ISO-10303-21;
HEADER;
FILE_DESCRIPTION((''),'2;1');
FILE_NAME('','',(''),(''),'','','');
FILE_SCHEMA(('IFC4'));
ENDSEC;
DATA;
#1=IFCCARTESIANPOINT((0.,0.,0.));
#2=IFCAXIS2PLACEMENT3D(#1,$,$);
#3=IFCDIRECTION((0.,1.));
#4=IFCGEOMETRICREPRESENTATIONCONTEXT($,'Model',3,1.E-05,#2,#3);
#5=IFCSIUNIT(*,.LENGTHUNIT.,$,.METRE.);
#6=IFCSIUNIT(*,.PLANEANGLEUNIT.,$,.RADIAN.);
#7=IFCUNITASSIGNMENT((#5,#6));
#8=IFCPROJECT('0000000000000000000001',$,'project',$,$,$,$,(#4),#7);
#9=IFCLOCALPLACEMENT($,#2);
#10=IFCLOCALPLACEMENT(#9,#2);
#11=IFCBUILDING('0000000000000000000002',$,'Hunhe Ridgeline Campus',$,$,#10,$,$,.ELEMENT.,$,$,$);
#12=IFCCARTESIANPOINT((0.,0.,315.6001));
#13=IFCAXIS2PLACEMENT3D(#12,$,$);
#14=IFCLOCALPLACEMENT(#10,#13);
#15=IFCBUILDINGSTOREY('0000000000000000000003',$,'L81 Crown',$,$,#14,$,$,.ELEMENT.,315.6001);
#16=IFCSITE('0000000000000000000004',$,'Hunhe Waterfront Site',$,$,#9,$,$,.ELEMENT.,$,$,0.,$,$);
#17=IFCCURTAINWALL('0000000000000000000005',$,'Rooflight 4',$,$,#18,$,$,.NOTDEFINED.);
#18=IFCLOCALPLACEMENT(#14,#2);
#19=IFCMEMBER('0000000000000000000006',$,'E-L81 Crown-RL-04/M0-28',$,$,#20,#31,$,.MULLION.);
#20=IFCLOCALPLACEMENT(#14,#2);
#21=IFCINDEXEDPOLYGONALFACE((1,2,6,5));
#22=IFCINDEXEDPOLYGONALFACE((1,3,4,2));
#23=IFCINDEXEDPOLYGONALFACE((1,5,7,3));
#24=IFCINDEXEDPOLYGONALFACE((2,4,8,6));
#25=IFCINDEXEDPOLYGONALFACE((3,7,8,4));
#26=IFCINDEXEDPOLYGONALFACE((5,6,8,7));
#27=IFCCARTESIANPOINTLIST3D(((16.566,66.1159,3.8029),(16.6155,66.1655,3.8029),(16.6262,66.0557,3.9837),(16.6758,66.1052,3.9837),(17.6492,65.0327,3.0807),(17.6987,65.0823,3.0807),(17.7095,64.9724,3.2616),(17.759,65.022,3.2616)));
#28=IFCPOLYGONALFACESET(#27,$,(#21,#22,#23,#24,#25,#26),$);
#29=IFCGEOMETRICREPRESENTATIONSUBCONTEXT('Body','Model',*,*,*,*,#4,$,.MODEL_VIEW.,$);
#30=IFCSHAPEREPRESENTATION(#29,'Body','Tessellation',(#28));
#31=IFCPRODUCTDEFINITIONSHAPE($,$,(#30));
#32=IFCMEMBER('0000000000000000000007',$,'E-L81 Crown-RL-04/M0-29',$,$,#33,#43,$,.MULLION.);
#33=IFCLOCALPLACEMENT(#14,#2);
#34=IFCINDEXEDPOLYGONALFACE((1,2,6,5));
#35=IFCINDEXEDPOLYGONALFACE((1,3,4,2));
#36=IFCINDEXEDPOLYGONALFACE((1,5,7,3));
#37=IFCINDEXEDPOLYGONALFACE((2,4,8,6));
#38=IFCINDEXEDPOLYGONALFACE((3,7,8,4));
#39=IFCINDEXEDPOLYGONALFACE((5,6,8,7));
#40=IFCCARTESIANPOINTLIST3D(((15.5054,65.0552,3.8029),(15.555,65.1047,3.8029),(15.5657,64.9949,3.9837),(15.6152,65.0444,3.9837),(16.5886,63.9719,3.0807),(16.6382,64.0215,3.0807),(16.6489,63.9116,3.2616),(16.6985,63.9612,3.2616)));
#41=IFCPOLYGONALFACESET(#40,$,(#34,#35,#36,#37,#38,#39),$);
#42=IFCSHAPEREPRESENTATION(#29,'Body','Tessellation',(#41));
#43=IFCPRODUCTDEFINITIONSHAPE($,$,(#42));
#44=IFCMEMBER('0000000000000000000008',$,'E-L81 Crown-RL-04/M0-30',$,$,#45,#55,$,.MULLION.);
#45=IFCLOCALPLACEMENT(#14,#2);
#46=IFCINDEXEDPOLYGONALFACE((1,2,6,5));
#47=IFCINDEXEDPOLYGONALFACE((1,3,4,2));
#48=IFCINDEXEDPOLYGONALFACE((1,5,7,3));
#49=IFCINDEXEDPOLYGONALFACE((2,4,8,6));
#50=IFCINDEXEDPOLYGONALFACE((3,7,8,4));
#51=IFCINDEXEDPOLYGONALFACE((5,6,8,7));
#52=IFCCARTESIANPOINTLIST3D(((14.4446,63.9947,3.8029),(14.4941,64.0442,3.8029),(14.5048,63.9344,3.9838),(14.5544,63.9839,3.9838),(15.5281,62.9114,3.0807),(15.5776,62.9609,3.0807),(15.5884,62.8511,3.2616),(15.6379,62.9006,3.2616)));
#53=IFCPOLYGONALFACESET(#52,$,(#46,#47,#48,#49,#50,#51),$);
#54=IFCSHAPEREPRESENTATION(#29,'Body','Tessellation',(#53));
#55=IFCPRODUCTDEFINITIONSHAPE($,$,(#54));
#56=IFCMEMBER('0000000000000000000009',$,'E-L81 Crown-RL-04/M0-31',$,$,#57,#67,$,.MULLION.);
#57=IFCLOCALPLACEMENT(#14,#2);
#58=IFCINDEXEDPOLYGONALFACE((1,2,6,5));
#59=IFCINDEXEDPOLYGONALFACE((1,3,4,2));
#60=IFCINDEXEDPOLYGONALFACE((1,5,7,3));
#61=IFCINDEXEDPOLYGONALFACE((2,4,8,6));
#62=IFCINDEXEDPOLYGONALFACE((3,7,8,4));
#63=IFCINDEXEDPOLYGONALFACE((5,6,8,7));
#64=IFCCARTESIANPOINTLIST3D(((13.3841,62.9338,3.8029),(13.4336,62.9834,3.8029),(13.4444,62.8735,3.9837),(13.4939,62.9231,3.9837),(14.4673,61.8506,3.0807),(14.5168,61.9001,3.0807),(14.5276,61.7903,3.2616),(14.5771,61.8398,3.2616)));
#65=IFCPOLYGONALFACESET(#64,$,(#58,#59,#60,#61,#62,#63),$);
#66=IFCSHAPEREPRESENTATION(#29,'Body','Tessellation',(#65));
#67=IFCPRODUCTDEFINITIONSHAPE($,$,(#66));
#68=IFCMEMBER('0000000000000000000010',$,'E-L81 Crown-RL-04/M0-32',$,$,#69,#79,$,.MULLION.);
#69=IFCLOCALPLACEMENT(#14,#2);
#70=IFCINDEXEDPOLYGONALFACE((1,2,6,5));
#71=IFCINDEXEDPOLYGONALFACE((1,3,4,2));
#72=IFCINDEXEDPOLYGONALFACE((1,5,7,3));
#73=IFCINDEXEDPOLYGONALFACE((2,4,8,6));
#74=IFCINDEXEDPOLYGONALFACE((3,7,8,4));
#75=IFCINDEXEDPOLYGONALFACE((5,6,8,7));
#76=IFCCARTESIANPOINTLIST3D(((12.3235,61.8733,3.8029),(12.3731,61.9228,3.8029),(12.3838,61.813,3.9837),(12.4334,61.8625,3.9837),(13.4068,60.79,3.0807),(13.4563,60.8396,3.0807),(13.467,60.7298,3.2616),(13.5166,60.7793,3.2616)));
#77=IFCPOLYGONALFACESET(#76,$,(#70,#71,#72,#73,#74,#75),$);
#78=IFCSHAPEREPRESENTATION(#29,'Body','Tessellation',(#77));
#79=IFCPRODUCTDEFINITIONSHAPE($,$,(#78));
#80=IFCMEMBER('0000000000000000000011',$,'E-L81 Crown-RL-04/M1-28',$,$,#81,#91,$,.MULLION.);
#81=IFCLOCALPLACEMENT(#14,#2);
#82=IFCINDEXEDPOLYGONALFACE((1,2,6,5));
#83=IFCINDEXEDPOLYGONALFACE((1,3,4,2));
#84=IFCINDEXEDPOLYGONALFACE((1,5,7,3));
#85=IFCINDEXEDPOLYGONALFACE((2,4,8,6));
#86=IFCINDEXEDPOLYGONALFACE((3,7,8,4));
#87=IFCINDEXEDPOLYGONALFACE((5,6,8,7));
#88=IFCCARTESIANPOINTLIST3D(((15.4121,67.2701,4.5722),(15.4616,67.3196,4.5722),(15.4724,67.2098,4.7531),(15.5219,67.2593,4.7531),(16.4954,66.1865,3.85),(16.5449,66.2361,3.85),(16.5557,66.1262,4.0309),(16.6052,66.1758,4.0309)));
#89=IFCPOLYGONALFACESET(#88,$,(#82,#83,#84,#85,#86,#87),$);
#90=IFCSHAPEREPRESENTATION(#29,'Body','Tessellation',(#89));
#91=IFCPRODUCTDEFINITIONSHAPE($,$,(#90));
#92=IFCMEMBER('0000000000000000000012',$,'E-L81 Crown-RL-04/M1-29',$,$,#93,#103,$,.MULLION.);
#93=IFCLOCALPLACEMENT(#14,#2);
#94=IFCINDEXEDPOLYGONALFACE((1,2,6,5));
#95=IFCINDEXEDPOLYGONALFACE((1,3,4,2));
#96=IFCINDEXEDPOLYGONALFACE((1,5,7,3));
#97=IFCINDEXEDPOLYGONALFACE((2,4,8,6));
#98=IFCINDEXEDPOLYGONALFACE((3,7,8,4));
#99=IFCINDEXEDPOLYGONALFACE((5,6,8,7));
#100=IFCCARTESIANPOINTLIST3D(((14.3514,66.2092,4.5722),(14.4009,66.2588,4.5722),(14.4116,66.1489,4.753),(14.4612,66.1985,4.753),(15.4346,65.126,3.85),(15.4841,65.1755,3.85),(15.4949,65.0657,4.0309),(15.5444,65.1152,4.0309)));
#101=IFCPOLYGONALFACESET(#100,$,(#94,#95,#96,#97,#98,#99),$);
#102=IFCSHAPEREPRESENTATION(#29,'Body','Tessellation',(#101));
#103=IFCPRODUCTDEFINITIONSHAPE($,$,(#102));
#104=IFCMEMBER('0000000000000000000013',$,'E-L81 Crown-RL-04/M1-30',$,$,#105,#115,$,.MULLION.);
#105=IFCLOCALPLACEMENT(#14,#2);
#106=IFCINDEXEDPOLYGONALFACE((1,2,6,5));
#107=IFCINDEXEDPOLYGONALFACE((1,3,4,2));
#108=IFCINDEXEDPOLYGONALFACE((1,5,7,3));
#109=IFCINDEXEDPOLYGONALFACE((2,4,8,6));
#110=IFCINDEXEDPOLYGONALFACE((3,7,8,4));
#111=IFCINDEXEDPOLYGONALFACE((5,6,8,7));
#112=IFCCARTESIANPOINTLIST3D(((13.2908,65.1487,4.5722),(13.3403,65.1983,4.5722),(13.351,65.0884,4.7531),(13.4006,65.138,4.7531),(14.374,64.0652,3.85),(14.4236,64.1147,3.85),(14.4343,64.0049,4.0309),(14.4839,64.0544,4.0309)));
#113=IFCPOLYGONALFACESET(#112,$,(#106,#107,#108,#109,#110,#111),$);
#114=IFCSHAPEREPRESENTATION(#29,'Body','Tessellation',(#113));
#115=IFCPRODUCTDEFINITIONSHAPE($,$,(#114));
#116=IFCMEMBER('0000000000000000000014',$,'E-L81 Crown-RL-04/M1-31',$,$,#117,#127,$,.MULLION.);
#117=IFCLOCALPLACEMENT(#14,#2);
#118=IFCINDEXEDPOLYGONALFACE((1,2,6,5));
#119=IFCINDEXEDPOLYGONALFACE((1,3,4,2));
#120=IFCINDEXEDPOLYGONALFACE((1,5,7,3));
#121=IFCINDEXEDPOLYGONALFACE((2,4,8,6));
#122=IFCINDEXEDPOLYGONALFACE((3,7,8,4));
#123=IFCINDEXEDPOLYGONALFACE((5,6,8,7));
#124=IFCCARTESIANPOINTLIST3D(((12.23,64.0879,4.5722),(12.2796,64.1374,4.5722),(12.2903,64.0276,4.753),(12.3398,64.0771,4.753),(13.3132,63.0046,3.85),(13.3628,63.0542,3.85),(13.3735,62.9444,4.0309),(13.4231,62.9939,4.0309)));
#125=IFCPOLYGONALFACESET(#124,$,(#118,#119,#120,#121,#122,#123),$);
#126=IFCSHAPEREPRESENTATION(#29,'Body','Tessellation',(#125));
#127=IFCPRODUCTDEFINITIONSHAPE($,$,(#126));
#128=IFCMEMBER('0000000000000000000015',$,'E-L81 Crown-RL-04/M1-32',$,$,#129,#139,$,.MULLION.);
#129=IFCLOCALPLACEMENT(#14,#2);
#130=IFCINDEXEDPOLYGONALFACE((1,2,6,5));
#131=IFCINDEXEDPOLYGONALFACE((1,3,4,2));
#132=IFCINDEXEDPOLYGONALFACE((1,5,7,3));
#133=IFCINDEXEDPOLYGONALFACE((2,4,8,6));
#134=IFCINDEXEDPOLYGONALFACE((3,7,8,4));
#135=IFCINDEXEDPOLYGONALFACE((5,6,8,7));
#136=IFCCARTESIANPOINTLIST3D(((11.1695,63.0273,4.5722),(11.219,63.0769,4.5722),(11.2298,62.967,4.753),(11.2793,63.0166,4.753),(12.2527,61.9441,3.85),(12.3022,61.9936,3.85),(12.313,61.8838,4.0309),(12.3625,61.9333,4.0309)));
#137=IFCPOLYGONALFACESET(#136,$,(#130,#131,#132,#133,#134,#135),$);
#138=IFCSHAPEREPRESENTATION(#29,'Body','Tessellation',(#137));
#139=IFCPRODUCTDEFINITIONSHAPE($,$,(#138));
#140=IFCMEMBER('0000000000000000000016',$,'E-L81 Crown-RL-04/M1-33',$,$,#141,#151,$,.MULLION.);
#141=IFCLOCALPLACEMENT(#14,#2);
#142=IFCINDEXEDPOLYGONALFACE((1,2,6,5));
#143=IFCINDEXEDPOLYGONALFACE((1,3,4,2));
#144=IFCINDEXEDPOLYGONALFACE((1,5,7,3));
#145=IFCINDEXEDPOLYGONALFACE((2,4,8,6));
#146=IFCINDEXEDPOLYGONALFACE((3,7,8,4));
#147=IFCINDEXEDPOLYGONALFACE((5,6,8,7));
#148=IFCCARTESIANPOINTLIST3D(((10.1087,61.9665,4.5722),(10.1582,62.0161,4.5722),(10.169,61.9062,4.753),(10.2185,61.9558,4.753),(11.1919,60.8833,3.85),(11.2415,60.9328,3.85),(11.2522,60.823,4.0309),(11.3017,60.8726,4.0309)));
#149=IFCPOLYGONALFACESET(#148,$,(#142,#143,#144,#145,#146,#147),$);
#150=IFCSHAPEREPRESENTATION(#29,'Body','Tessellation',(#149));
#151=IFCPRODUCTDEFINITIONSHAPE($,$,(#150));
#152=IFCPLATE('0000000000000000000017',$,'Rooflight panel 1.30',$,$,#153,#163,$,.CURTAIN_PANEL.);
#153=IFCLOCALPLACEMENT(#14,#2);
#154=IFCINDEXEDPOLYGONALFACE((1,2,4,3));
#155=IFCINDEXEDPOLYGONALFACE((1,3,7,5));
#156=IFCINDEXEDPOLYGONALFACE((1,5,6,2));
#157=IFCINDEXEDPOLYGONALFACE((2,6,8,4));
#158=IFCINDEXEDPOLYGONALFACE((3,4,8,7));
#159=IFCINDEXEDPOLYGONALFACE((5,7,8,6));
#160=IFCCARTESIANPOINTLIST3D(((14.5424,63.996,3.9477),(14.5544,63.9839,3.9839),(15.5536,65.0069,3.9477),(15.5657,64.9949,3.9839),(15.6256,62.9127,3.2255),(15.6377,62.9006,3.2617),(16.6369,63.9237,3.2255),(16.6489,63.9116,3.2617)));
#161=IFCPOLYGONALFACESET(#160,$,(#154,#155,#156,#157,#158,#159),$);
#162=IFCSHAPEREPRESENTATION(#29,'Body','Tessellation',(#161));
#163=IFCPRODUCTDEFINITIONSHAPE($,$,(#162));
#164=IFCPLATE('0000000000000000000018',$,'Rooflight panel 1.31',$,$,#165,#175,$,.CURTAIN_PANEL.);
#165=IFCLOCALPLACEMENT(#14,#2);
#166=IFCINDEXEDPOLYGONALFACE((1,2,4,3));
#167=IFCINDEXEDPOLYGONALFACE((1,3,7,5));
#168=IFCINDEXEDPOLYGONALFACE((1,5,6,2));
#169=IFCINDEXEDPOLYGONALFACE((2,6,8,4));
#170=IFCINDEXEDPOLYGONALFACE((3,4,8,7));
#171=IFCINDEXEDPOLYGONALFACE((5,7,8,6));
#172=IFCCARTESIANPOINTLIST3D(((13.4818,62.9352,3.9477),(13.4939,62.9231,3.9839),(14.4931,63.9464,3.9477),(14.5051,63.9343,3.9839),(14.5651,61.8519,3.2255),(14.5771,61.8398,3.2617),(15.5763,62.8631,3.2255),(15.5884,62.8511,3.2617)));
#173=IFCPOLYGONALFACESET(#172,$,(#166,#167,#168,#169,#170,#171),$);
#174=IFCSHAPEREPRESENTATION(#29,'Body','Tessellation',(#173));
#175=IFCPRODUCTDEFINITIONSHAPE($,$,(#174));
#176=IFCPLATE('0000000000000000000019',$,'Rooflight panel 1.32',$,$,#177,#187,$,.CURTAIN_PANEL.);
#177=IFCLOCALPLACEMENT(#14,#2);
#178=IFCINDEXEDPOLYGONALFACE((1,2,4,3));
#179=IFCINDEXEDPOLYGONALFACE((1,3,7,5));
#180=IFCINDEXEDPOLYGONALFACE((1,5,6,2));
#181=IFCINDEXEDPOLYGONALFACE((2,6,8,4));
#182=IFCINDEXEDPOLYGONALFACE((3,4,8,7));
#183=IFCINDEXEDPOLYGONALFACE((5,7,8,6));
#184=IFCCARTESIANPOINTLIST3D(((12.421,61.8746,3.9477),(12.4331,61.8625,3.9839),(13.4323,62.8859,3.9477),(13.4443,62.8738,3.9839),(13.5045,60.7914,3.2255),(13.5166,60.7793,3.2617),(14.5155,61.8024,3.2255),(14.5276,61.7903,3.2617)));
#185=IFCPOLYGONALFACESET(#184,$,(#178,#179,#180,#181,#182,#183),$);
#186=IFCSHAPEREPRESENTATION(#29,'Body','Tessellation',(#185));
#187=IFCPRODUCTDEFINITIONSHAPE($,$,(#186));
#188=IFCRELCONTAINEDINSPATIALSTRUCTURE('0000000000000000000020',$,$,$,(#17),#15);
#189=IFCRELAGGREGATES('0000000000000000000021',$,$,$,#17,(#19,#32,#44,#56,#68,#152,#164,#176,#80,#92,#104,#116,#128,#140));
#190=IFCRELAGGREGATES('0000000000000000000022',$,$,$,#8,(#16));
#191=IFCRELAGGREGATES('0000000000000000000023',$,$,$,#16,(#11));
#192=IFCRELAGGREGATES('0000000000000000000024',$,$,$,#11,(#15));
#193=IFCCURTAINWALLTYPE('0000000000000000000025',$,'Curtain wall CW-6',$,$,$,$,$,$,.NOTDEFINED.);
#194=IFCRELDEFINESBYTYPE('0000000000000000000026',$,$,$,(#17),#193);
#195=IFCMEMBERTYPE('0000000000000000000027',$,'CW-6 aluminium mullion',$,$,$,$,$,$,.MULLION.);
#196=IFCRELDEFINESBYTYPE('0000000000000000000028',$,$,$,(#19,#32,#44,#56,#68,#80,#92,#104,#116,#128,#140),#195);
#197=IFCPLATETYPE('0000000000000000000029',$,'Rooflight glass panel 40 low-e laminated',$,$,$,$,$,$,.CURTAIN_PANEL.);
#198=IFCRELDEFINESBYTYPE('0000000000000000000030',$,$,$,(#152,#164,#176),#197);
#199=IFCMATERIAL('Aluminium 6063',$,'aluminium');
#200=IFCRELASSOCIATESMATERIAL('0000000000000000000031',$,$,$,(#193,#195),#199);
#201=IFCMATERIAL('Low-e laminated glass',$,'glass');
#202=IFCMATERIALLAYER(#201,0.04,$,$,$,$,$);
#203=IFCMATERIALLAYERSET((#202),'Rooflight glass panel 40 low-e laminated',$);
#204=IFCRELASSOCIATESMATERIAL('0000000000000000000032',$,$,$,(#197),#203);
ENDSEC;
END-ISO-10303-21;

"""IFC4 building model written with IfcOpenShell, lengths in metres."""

from ifc_helpers import new_model, si_unit, direction, frame, origin, origin_2d, place, context, subcontext, project, spatial, polyline, rectangle, outline, extrude, material, layer, layer_set, material_profile, profile_set, type_object, element, aggregate, save


model = new_model("IFC4")

# Units and contexts
model_context = context("Model", 3, precision=1e-05, world=origin(), true_north=direction((0.0, 1.0)))
body_context = subcontext(model_context, "Body", "Model", "MODEL_VIEW")
ifc_project = project(units=[si_unit("LENGTHUNIT", "METRE"), si_unit("PLANEANGLEUNIT", "RADIAN")], contexts=[model_context])

# Site, building, storey
site_placement = place(None, origin())
site = spatial("IfcSite", under=ifc_project, at=site_placement, Name="Hunhe Waterfront Site", CompositionType="ELEMENT", RefElevation=0.0)
building_placement = place(site_placement, origin())
building = spatial("IfcBuilding", under=site, at=building_placement, Name="Hunhe Ridgeline Campus", CompositionType="ELEMENT")
storey_placement = place(building_placement, frame((0.0, 0.0, 315.6001)))
storey = spatial("IfcBuildingStorey", under=building, at=storey_placement, Name="L81 Crown", CompositionType="ELEMENT", Elevation=315.6001)

# Curtain wall, members, plates
ifc_material_1 = material(Name="Aluminium 6063", Category="aluminium")
curtain_wall_type = type_object("IfcCurtainWallType", Name="Curtain wall CW-6", PredefinedType="NOTDEFINED", material=ifc_material_1)
curtain_wall_placement = place(storey_placement, origin())
curtain_wall = element("IfcCurtainWall", 1, at=curtain_wall_placement, inside=storey, type_object=curtain_wall_type, Name="Rooflight 4", PredefinedType="NOTDEFINED")
ifc_material_profile = material_profile(ifc_material_1, rectangle(XDim=0.0701, YDim=0.2, at=origin_2d()))
ifc_profile_set = profile_set([ifc_material_profile], Name="Aluminium 6063")
member_type = type_object("IfcMemberType", Name="CW-6 aluminium mullion", PredefinedType="MULLION", material=ifc_profile_set)
member_1_placement = place(storey_placement, frame((17.7041, 65.0273, 3.1711), z_axis=(-0.639602, 0.639602, 0.426401), x_axis=(-0.707107, -0.707107, 0.0)))
member_1 = element("IfcMember", 2, at=member_1_placement, type_object=member_type, Name="E-L81 Crown-RL-04/M0-28", PredefinedType="MULLION", context=body_context, shape_type="SweptSolid", body=[
    extrude(rectangle(XDim=0.0701, YDim=0.2, at=origin_2d()), origin(), (0.0, 0.0, 1.0), 1.6936),
])
member_2_placement = place(storey_placement, frame((16.6436, 63.9666, 3.1711), z_axis=(-0.639602, 0.639602, 0.426401), x_axis=(-0.707107, -0.707107, 0.0)))
member_2 = element("IfcMember", 3, at=member_2_placement, type_object=member_type, Name="E-L81 Crown-RL-04/M0-29", PredefinedType="MULLION", context=body_context, shape_type="SweptSolid", body=[
    extrude(rectangle(XDim=0.0701, YDim=0.2, at=origin_2d()), origin(), (0.0, 0.0, 1.0), 1.6936),
])
member_3_placement = place(storey_placement, frame((15.583, 62.906, 3.1711), z_axis=(-0.639687, 0.639543, 0.426362), x_axis=(-0.707027, -0.707186, 0.0)))
member_3 = element("IfcMember", 4, at=member_3_placement, type_object=member_type, Name="E-L81 Crown-RL-04/M0-30", PredefinedType="MULLION", context=body_context, shape_type="SweptSolid", body=[
    extrude(rectangle(XDim=0.0701, YDim=0.2, at=origin_2d()), origin(), (0.0, 0.0, 1.0), 1.6938),
])
member_4_placement = place(storey_placement, frame((14.5222, 61.8452, 3.1711), z_axis=(-0.639602, 0.639602, 0.426401), x_axis=(-0.707107, -0.707107, 0.0)))
member_4 = element("IfcMember", 5, at=member_4_placement, type_object=member_type, Name="E-L81 Crown-RL-04/M0-31", PredefinedType="MULLION", context=body_context, shape_type="SweptSolid", body=[
    extrude(rectangle(XDim=0.0701, YDim=0.2, at=origin_2d()), origin(), (0.0, 0.0, 1.0), 1.6936),
])
member_5_placement = place(storey_placement, frame((13.4617, 60.7847, 3.1711), z_axis=(-0.639602, 0.639602, 0.426401), x_axis=(-0.707107, -0.707107, 0.0)))
member_5 = element("IfcMember", 6, at=member_5_placement, type_object=member_type, Name="E-L81 Crown-RL-04/M0-32", PredefinedType="MULLION", context=body_context, shape_type="SweptSolid", body=[
    extrude(rectangle(XDim=0.0701, YDim=0.2, at=origin_2d()), origin(), (0.0, 0.0, 1.0), 1.6936),
])
member_6_placement = place(storey_placement, frame((16.5503, 66.1812, 3.9404), z_axis=(-0.639543, 0.639687, 0.426362), x_axis=(-0.707186, -0.707027, 0.0)))
member_6 = element("IfcMember", 7, at=member_6_placement, type_object=member_type, Name="E-L81 Crown-RL-04/M1-28", PredefinedType="MULLION", context=body_context, shape_type="SweptSolid", body=[
    extrude(rectangle(XDim=0.0701, YDim=0.2, at=origin_2d()), origin(), (0.0, 0.0, 1.0), 1.6938),
])
member_7_placement = place(storey_placement, frame((15.4895, 65.1206, 3.9404), z_axis=(-0.639602, 0.639602, 0.426401), x_axis=(-0.707107, -0.707107, 0.0)))
member_7 = element("IfcMember", 8, at=member_7_placement, type_object=member_type, Name="E-L81 Crown-RL-04/M1-29", PredefinedType="MULLION", context=body_context, shape_type="SweptSolid", body=[
    extrude(rectangle(XDim=0.0701, YDim=0.2, at=origin_2d()), origin(), (0.0, 0.0, 1.0), 1.6936),
])
member_8_placement = place(storey_placement, frame((14.429, 64.0598, 3.9404), z_axis=(-0.639543, 0.639687, 0.426362), x_axis=(-0.707186, -0.707027, 0.0)))
member_8 = element("IfcMember", 9, at=member_8_placement, type_object=member_type, Name="E-L81 Crown-RL-04/M1-30", PredefinedType="MULLION", context=body_context, shape_type="SweptSolid", body=[
    extrude(rectangle(XDim=0.0701, YDim=0.2, at=origin_2d()), origin(), (0.0, 0.0, 1.0), 1.6938),
])
member_9_placement = place(storey_placement, frame((13.3682, 62.9993, 3.9404), z_axis=(-0.639602, 0.639602, 0.426401), x_axis=(-0.707107, -0.707107, 0.0)))
member_9 = element("IfcMember", 10, at=member_9_placement, type_object=member_type, Name="E-L81 Crown-RL-04/M1-31", PredefinedType="MULLION", context=body_context, shape_type="SweptSolid", body=[
    extrude(rectangle(XDim=0.0701, YDim=0.2, at=origin_2d()), origin(), (0.0, 0.0, 1.0), 1.6936),
])
member_10_placement = place(storey_placement, frame((12.3076, 61.9387, 3.9404), z_axis=(-0.639602, 0.639602, 0.426401), x_axis=(-0.707107, -0.707107, 0.0)))
member_10 = element("IfcMember", 11, at=member_10_placement, type_object=member_type, Name="E-L81 Crown-RL-04/M1-32", PredefinedType="MULLION", context=body_context, shape_type="SweptSolid", body=[
    extrude(rectangle(XDim=0.0701, YDim=0.2, at=origin_2d()), origin(), (0.0, 0.0, 1.0), 1.6936),
])
member_11_placement = place(storey_placement, frame((11.2468, 60.8779, 3.9404), z_axis=(-0.639602, 0.639602, 0.426401), x_axis=(-0.707107, -0.707107, 0.0)))
member_11 = element("IfcMember", 12, at=member_11_placement, type_object=member_type, Name="E-L81 Crown-RL-04/M1-33", PredefinedType="MULLION", context=body_context, shape_type="SweptSolid", body=[
    extrude(rectangle(XDim=0.0701, YDim=0.2, at=origin_2d()), origin(), (0.0, 0.0, 1.0), 1.6936),
])
ifc_material_2 = material(Name="Low-e laminated glass", Category="glass")
ifc_layer = layer(ifc_material_2, 0.04)
ifc_layer_set = layer_set([ifc_layer], Name="Rooflight glass panel 40 low-e laminated")
plate_type = type_object("IfcPlateType", Name="Rooflight glass panel 40 low-e laminated", PredefinedType="CURTAIN_PANEL", material=ifc_layer_set)
plate_1_placement = place(storey_placement, frame((16.6489, 63.9116, 3.2617), z_axis=(0.301475, -0.301548, 0.904534), x_axis=(-0.639602, 0.639602, 0.426401)))
plate_1 = element("IfcPlate", 13, at=plate_1_placement, type_object=plate_type, Name="Rooflight panel 1.30", PredefinedType="CURTAIN_PANEL", context=body_context, shape_type="SweptSolid", body=[
    extrude(outline(polyline([(0.0, 0.0), (1.6936, 0.0), (1.6938, 1.4299), (0.0002, 1.4299), (0.0, 0.0)])), origin(), (0.0, 0.0, -1.0), 0.04),
])
plate_2_placement = place(storey_placement, frame((15.5884, 62.8511, 3.2617), z_axis=(0.301511, -0.301511, 0.904534), x_axis=(-0.639602, 0.639602, 0.426401)))
plate_2 = element("IfcPlate", 14, at=plate_2_placement, type_object=plate_type, Name="Rooflight panel 1.31", PredefinedType="CURTAIN_PANEL", context=body_context, shape_type="SweptSolid", body=[
    extrude(outline(polyline([(0.0, 0.0), (1.6936, 0.0), (1.6936, 1.4301), (0.0, 1.4301), (0.0, 0.0)])), origin(), (0.0, 0.0, -1.0), 0.04),
])
plate_3_placement = place(storey_placement, frame((14.5276, 61.7903, 3.2617), z_axis=(0.301484, -0.301484, 0.904553), x_axis=(-0.639543, 0.639687, 0.426362)))
plate_3 = element("IfcPlate", 15, at=plate_3_placement, type_object=plate_type, Name="Rooflight panel 1.32", PredefinedType="CURTAIN_PANEL", context=body_context, shape_type="SweptSolid", body=[
    extrude(outline(polyline([(0.0, 0.0), (1.6938, 0.0), (1.6936, 1.4301), (-0.0001, 1.4298), (0.0, 0.0)])), origin(), (0.0, 0.0, -1.0), 0.04),
])
aggregate(curtain_wall, [member_1, member_2, member_3, member_4, member_5, plate_1, plate_2, plate_3, member_6, member_7, member_8, member_9, member_10, member_11])

save(model, "model.ifc")
